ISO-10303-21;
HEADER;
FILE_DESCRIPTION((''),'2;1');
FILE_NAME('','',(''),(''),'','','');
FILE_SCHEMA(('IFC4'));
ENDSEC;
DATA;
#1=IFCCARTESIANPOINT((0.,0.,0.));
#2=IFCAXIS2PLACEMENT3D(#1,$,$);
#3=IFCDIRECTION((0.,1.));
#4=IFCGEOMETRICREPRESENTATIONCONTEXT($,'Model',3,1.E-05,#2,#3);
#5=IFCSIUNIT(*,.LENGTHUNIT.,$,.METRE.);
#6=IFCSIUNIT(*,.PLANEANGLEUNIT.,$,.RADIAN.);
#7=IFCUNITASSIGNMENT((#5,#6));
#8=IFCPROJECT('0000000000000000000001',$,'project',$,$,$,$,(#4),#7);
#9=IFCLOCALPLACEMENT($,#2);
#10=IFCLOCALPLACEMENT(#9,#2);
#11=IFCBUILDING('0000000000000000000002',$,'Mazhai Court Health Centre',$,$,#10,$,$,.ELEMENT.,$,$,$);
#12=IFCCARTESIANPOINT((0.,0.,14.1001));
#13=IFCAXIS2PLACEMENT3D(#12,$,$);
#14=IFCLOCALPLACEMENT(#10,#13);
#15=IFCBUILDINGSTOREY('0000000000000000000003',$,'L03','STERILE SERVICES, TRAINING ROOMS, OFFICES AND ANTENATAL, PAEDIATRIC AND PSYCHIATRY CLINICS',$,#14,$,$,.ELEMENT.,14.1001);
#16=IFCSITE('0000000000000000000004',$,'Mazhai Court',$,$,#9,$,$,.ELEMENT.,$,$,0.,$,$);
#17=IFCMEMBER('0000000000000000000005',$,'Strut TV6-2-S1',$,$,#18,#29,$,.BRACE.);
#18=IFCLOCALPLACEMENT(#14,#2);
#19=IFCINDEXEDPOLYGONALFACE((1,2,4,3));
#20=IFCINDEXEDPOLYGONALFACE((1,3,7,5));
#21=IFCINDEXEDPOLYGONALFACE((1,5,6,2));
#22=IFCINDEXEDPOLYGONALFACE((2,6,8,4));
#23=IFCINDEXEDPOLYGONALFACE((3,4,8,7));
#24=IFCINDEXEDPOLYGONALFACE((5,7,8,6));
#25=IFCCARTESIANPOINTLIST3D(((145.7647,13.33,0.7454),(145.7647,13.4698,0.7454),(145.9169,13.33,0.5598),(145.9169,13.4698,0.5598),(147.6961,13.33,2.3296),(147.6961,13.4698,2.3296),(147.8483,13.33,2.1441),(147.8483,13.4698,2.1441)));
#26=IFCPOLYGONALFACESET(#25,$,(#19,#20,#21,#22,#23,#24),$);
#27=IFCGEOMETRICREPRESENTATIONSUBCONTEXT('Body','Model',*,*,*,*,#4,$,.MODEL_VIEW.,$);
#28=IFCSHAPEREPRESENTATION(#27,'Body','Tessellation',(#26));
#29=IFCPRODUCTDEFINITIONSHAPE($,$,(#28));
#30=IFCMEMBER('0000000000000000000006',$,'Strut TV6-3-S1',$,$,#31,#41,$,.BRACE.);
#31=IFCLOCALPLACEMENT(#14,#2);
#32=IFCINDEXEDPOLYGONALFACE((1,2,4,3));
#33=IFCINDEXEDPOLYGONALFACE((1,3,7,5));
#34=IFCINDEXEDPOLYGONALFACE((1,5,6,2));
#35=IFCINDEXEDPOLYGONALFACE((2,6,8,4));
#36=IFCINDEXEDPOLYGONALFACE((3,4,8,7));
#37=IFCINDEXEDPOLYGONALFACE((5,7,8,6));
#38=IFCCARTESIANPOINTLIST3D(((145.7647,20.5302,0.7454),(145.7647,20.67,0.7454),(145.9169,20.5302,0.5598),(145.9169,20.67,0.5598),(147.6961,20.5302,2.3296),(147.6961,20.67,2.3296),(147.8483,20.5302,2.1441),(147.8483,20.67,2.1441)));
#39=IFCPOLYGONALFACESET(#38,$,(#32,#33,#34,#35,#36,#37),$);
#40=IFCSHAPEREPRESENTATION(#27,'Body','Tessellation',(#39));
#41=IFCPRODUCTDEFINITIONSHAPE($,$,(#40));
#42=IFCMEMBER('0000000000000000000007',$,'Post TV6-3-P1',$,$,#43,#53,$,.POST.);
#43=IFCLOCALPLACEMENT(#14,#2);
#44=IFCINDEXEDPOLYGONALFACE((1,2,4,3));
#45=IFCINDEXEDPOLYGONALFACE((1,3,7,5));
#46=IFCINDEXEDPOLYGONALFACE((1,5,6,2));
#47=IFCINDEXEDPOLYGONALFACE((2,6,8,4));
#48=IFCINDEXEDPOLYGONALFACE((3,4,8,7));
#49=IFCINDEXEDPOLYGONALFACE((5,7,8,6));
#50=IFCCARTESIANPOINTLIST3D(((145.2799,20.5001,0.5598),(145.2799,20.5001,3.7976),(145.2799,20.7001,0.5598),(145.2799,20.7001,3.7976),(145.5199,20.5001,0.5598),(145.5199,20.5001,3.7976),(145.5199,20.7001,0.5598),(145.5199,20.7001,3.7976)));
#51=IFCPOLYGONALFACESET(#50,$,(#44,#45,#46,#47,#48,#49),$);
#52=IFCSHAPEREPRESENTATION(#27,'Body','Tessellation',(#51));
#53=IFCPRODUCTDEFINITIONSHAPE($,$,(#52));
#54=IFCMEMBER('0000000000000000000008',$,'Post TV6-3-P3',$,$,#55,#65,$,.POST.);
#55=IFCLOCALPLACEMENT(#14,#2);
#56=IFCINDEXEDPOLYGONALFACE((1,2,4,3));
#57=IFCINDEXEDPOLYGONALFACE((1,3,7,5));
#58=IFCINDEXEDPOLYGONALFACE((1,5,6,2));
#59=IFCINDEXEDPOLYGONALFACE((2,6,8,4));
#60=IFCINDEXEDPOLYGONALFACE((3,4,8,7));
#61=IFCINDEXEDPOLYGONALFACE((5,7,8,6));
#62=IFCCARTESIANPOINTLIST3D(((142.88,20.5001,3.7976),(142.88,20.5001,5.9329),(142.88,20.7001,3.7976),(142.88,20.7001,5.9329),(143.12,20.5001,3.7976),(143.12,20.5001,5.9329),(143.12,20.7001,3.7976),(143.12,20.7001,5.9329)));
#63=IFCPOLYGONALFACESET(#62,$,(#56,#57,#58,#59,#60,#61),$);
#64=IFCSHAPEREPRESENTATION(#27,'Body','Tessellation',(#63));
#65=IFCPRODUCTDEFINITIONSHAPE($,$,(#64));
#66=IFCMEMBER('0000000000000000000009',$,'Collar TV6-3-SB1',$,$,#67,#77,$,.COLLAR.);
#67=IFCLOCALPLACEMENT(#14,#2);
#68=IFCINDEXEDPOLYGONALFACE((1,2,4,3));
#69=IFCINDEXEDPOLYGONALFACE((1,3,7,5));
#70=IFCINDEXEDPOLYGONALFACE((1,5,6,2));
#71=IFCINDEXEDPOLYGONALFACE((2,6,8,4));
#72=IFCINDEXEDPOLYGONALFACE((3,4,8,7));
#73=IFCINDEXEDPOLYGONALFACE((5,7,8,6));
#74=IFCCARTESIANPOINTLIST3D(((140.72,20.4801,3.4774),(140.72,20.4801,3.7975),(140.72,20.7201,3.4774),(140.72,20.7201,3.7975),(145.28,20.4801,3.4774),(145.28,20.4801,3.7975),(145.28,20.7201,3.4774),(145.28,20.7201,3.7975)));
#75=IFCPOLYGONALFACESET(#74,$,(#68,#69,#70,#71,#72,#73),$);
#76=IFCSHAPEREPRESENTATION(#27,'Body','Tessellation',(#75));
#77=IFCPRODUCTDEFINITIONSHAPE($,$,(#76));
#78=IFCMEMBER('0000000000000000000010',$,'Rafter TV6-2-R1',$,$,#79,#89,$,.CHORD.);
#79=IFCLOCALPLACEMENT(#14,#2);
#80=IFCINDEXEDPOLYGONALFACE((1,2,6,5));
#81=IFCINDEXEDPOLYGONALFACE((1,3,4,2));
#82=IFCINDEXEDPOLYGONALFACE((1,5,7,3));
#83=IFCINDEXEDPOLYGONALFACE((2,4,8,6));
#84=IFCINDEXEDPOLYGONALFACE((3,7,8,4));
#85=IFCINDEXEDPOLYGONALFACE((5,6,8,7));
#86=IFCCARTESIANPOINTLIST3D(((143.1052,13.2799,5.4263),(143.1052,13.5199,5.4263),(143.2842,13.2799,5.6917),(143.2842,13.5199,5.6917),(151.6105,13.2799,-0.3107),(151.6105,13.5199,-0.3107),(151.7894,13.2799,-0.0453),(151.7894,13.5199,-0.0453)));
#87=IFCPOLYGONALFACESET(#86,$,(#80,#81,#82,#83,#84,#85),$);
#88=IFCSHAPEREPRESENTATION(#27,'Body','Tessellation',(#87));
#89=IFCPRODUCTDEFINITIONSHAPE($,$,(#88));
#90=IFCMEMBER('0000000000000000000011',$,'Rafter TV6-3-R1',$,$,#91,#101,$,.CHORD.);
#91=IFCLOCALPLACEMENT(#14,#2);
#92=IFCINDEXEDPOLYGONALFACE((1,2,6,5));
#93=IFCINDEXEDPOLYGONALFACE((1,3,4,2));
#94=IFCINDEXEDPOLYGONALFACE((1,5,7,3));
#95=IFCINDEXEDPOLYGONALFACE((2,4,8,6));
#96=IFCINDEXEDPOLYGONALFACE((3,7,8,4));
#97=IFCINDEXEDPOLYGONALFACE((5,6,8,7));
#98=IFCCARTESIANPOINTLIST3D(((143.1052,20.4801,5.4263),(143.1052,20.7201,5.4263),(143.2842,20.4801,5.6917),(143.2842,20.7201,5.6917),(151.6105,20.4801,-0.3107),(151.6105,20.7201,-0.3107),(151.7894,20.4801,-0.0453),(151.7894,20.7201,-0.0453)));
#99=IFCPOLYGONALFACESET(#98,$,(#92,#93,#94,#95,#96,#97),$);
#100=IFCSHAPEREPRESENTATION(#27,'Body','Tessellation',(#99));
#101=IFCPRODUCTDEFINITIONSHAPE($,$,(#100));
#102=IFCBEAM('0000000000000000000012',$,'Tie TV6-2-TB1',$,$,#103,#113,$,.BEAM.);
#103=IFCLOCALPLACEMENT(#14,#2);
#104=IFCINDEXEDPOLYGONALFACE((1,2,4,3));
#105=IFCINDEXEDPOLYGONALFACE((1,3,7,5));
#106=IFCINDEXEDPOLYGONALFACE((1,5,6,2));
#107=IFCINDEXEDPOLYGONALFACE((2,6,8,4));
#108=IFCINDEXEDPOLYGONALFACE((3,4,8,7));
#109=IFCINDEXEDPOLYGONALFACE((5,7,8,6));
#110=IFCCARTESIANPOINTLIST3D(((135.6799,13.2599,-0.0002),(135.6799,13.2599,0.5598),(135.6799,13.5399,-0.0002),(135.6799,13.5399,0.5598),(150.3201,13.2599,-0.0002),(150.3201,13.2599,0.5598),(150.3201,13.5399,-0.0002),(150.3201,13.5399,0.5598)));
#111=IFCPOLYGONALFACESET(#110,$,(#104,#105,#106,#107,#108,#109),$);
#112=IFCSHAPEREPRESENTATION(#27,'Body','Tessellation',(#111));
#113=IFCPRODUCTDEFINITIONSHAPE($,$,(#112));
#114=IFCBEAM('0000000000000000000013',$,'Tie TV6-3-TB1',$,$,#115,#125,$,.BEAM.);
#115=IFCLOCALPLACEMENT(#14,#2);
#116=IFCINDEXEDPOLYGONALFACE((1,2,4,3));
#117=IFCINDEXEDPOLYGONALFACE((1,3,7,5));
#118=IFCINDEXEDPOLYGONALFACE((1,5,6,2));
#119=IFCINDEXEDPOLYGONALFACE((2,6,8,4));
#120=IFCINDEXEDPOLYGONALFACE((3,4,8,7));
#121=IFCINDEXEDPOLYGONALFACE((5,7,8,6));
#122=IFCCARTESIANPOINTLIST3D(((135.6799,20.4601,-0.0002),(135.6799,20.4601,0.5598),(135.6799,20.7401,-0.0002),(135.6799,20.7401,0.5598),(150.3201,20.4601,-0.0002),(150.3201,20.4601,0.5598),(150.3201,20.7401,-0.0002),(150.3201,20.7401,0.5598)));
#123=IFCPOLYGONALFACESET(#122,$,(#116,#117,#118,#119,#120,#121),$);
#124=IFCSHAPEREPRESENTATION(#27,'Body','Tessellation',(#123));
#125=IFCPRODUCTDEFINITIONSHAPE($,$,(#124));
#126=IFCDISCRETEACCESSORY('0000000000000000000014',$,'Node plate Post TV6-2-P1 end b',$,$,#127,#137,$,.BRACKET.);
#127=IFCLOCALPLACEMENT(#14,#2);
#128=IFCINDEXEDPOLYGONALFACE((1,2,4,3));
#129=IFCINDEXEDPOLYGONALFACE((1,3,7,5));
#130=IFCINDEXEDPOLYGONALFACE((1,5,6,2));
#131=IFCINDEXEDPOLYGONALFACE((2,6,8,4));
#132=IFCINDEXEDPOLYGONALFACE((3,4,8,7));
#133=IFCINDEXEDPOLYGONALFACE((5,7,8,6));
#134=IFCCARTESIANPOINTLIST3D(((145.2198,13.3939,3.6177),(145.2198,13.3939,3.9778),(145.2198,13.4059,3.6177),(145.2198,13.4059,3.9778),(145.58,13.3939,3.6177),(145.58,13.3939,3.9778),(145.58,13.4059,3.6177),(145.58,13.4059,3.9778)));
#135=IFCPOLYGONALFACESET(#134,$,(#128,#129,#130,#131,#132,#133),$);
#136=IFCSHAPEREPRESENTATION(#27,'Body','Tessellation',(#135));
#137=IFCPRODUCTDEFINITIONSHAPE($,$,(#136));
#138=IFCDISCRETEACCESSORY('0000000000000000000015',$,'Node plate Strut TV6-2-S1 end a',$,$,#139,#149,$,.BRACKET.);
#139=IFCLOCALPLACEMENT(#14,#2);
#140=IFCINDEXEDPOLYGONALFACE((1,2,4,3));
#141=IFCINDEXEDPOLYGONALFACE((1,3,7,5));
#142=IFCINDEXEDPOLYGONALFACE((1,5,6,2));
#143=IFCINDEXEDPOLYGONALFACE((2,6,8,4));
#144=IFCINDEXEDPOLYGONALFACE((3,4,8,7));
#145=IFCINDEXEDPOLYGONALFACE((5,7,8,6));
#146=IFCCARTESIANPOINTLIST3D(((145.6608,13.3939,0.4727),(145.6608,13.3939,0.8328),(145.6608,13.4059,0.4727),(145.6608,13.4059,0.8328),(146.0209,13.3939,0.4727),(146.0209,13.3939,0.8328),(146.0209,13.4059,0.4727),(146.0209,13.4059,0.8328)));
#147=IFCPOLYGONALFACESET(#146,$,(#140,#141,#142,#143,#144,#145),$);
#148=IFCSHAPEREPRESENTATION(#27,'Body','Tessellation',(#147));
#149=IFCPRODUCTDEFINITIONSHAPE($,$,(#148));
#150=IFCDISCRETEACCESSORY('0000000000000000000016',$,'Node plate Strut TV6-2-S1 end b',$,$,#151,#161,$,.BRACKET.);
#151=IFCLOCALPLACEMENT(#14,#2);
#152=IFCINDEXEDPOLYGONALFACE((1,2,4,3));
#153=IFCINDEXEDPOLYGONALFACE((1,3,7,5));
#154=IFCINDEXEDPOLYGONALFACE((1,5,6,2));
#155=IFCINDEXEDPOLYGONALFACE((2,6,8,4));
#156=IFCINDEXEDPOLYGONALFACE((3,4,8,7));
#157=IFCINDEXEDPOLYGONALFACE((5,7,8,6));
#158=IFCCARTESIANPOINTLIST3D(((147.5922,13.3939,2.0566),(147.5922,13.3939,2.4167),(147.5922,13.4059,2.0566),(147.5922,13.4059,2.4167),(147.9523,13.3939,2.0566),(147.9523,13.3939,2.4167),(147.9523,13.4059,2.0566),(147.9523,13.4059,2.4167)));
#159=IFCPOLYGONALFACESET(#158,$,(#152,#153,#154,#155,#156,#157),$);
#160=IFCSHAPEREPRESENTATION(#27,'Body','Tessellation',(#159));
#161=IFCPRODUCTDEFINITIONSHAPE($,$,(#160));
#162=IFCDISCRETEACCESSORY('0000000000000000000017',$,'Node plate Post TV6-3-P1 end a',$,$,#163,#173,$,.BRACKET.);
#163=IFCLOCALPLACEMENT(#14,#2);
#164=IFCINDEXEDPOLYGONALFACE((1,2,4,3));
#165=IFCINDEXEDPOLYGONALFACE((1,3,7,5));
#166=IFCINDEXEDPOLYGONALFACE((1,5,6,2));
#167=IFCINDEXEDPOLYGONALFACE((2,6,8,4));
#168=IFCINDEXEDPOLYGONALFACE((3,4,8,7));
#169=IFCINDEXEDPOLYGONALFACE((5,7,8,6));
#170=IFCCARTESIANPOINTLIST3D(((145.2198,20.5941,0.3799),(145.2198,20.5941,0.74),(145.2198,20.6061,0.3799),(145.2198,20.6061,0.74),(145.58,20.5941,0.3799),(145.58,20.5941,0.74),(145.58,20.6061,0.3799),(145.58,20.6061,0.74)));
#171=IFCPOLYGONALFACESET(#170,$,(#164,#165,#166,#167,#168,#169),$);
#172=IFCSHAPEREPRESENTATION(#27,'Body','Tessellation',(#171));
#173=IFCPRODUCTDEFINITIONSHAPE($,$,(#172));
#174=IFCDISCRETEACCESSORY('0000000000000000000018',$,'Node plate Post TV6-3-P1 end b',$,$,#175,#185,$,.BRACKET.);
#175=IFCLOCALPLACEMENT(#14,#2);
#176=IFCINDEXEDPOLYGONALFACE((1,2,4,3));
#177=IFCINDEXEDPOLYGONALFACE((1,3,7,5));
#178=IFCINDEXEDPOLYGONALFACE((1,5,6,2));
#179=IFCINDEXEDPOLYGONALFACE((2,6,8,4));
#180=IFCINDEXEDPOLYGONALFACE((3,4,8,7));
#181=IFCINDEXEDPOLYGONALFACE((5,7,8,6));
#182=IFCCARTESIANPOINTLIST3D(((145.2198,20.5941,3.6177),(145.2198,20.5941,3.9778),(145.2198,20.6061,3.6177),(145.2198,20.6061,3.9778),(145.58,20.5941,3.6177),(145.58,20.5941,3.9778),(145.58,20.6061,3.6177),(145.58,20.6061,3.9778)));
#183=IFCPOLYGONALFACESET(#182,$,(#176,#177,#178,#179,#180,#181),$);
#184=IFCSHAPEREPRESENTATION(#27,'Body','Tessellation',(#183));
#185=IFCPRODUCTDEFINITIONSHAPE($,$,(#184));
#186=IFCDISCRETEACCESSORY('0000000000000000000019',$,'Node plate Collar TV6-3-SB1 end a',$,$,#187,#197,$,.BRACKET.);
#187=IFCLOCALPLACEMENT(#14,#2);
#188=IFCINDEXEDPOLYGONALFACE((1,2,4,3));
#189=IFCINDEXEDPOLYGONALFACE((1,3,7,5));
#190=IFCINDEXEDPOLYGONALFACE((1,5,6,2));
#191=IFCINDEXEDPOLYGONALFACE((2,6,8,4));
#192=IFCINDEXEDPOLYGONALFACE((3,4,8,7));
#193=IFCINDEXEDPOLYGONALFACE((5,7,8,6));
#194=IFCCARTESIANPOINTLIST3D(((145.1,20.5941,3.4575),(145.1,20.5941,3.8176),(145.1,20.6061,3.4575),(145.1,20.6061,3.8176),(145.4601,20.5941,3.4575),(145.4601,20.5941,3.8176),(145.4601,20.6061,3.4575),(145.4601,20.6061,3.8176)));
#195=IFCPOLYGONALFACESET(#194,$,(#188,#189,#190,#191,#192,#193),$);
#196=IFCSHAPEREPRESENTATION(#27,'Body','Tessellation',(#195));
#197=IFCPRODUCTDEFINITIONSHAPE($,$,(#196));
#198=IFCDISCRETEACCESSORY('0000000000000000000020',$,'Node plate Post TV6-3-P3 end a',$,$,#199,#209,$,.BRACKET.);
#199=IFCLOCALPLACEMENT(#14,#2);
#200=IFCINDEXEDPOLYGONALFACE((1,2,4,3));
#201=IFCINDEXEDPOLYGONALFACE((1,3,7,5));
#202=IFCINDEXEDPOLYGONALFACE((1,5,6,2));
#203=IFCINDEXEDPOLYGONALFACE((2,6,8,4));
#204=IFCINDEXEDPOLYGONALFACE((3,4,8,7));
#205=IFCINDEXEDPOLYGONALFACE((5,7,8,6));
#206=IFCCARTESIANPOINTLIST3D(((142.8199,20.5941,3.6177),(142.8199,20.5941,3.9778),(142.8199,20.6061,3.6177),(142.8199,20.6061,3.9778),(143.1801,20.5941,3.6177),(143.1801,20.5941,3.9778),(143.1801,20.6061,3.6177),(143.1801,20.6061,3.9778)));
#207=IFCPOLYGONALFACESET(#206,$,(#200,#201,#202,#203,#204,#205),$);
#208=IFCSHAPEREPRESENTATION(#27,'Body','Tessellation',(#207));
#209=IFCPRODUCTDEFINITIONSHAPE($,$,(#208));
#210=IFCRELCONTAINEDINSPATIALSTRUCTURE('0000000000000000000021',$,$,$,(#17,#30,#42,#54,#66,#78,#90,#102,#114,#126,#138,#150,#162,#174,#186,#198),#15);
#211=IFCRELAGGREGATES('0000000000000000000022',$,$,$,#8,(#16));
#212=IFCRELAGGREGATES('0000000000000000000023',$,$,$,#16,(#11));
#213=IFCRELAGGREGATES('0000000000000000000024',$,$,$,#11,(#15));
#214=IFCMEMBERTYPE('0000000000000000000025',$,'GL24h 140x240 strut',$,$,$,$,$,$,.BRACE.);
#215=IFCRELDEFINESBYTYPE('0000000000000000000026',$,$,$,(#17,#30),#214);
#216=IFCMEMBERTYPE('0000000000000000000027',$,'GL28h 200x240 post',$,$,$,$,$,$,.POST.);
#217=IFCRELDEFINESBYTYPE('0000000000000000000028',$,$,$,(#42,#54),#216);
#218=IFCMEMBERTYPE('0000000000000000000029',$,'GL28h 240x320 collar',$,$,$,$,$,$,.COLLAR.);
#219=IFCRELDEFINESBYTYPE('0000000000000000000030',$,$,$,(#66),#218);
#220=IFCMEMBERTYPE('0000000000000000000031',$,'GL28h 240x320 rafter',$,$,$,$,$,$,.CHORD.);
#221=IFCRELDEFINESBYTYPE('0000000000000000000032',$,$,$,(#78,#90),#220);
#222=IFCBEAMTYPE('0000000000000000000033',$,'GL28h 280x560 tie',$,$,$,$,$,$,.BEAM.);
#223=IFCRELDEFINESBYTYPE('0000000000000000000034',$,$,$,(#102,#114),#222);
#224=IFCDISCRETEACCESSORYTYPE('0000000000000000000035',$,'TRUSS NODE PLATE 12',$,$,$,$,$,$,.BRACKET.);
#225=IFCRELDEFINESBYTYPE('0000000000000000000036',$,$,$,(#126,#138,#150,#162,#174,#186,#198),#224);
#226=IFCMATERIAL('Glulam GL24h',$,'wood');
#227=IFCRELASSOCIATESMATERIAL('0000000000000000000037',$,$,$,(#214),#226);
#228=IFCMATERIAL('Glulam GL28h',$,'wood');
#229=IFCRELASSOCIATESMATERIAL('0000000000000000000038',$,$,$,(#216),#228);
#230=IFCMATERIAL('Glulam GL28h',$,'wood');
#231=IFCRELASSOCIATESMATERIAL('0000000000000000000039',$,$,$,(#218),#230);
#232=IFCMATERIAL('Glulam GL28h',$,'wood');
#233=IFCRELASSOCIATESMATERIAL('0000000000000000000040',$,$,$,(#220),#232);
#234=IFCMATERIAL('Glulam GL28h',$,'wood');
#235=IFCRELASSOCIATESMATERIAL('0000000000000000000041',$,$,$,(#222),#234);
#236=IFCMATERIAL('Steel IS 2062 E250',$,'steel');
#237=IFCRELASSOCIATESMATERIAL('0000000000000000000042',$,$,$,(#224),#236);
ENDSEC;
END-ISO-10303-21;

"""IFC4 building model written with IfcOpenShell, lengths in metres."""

from ifc_helpers import new_model, si_unit, direction, frame, origin, origin_2d, place, context, subcontext, project, spatial, rectangle, extrude, material, material_profile, profile_set, type_object, element, save


model = new_model("IFC4")

# Units and contexts
model_context = context("Model", 3, precision=1e-05, world=origin(), true_north=direction((0.0, 1.0)))
body_context = subcontext(model_context, "Body", "Model", "MODEL_VIEW")
ifc_project = project(units=[si_unit("LENGTHUNIT", "METRE"), si_unit("PLANEANGLEUNIT", "RADIAN")], contexts=[model_context])

# Site, building, storey
site_placement = place(None, origin())
site = spatial("IfcSite", under=ifc_project, at=site_placement, Name="Mazhai Court", CompositionType="ELEMENT", RefElevation=0.0)
building_placement = place(site_placement, origin())
building = spatial("IfcBuilding", under=site, at=building_placement, Name="Mazhai Court Health Centre", CompositionType="ELEMENT")
storey_placement = place(building_placement, frame((0.0, 0.0, 14.1001)))
storey = spatial("IfcBuildingStorey", under=building, at=storey_placement, Name="L03", Description="STERILE SERVICES, TRAINING ROOMS, OFFICES AND ANTENATAL, PAEDIATRIC AND PSYCHIATRY CLINICS", CompositionType="ELEMENT", Elevation=14.1001)

# Members
ifc_material_1 = material(Name="Glulam GL24h", Category="wood")
ifc_material_profile_1 = material_profile(ifc_material_1, rectangle(XDim=0.1399, YDim=0.24, at=origin_2d()), Name="GL24h 140x240")
ifc_profile_set_1 = profile_set([ifc_material_profile_1], Name="Glulam GL24h")
member_type_1 = type_object("IfcMemberType", Name="GL24h 140x240 strut", PredefinedType="BRACE", material=ifc_profile_set_1)
for number, where, z_axis, x_axis, name in (
    (1, (145.8408, 13.3999, 0.6526), (0.773173, 0.0, 0.634195), (0.0, 1.0, 0.0), "Strut TV6-2-S1"),
    (2, (145.8408, 20.6001, 0.6526), (0.773173, 0.0, 0.634195), (0.0, 1.0, 0.0), "Strut TV6-3-S1"),
):
    element("IfcMember", number, at=place(storey_placement, frame(where, z_axis=z_axis, x_axis=x_axis)), inside=storey, type_object=member_type_1, Name=name, PredefinedType="BRACE", context=body_context, shape_type="SweptSolid", body=[
        extrude(rectangle(XDim=0.1399, YDim=0.24, at=origin_2d()), origin(), (0.0, 0.0, 1.0), 2.498),
    ])
ifc_material_2 = material(Name="Glulam GL28h", Category="wood")
ifc_material_profile_2 = material_profile(ifc_material_2, rectangle(XDim=0.2, YDim=0.24, at=origin_2d()), Name="GL28h 200x240")
ifc_profile_set_2 = profile_set([ifc_material_profile_2], Name="Glulam GL28h")
member_type_2 = type_object("IfcMemberType", Name="GL28h 200x240 post", PredefinedType="POST", material=ifc_profile_set_2)
member_1_placement = place(storey_placement, frame((145.3999, 20.6001, 0.5598), z_axis=(0.0, 0.0, 1.0), x_axis=(0.0, 1.0, 0.0)))
element("IfcMember", 3, at=member_1_placement, inside=storey, type_object=member_type_2, Name="Post TV6-3-P1", PredefinedType="POST", context=body_context, shape_type="SweptSolid", body=[
    extrude(rectangle(XDim=0.2, YDim=0.24, at=origin_2d()), origin(), (0.0, 0.0, 1.0), 3.2378),
])
member_2_placement = place(storey_placement, frame((143.0, 20.6001, 3.7976), z_axis=(0.0, 0.0, 1.0), x_axis=(0.0, 1.0, 0.0)))
element("IfcMember", 4, at=member_2_placement, inside=storey, type_object=member_type_2, Name="Post TV6-3-P3", PredefinedType="POST", context=body_context, shape_type="SweptSolid", body=[
    extrude(rectangle(XDim=0.2, YDim=0.24, at=origin_2d()), origin(), (0.0, 0.0, 1.0), 2.1353),
])
ifc_material_3 = material(Name="Glulam GL28h", Category="wood")
ifc_material_profile_3 = material_profile(ifc_material_3, rectangle(XDim=0.24, YDim=0.3201, at=origin_2d()), Name="GL28h 240x320")
ifc_profile_set_3 = profile_set([ifc_material_profile_3], Name="Glulam GL28h")
member_type_3 = type_object("IfcMemberType", Name="GL28h 240x320 collar", PredefinedType="COLLAR", material=ifc_profile_set_3)
member_3_placement = place(storey_placement, frame((145.28, 20.6001, 3.6375), z_axis=(-1.0, 0.0, 0.0), x_axis=(0.0, -1.0, 0.0)))
element("IfcMember", 5, at=member_3_placement, inside=storey, type_object=member_type_3, Name="Collar TV6-3-SB1", PredefinedType="COLLAR", context=body_context, shape_type="SweptSolid", body=[
    extrude(rectangle(XDim=0.24, YDim=0.3201, at=origin_2d()), origin(), (0.0, 0.0, 1.0), 4.5601),
])
ifc_material_4 = material(Name="Glulam GL28h", Category="wood")
ifc_material_profile_4 = material_profile(ifc_material_4, rectangle(XDim=0.24, YDim=0.3201, at=origin_2d()), Name="GL28h 240x320")
ifc_profile_set_4 = profile_set([ifc_material_profile_4], Name="Glulam GL28h")
member_type_4 = type_object("IfcMemberType", Name="GL28h 240x320 rafter", PredefinedType="CHORD", material=ifc_profile_set_4)
for number, where, z_axis, x_axis, name in (
    (6, (151.7, 13.3999, -0.178), (-0.829032, 0.0, 0.559201), (0.0, -1.0, 0.0), "Rafter TV6-2-R1"),
    (7, (151.7, 20.6001, -0.178), (-0.829032, 0.0, 0.559201), (0.0, -1.0, 0.0), "Rafter TV6-3-R1"),
):
    element("IfcMember", number, at=place(storey_placement, frame(where, z_axis=z_axis, x_axis=x_axis)), inside=storey, type_object=member_type_4, Name=name, PredefinedType="CHORD", context=body_context, shape_type="SweptSolid", body=[
        extrude(rectangle(XDim=0.24, YDim=0.3201, at=origin_2d()), origin(), (0.0, 0.0, 1.0), 10.2593),
    ])

# Beams
ifc_material_5 = material(Name="Glulam GL28h", Category="wood")
ifc_material_profile_5 = material_profile(ifc_material_5, rectangle(XDim=0.28, YDim=0.5601, at=origin_2d()), Name="GL28h 280x560")
ifc_profile_set_5 = profile_set([ifc_material_profile_5], Name="Glulam GL28h")
beam_type = type_object("IfcBeamType", Name="GL28h 280x560 tie", PredefinedType="BEAM", material=ifc_profile_set_5)
for number, where, z_axis, x_axis, name in (
    (8, (150.3201, 13.3999, 0.2798), (-1.0, 0.0, 0.0), (0.0, -1.0, 0.0), "Tie TV6-2-TB1"),
    (9, (150.3201, 20.6001, 0.2798), (-1.0, 0.0, 0.0), (0.0, -1.0, 0.0), "Tie TV6-3-TB1"),
):
    element("IfcBeam", number, at=place(storey_placement, frame(where, z_axis=z_axis, x_axis=x_axis)), inside=storey, type_object=beam_type, Name=name, PredefinedType="BEAM", context=body_context, shape_type="SweptSolid", body=[
        extrude(rectangle(XDim=0.28, YDim=0.5601, at=origin_2d()), origin(), (0.0, 0.0, 1.0), 14.6401),
    ])

# Discrete accessories
ifc_material_6 = material(Name="Steel IS 2062 E250", Category="steel")
discrete_accessory_type = type_object("IfcDiscreteAccessoryType", Name="TRUSS NODE PLATE 12", PredefinedType="BRACKET", material=ifc_material_6)
for number, where, z_axis, x_axis, name in (
    (10, (145.3999, 13.3999, 3.6177), (0.0, 0.0, 1.0), (1.0, 0.0, 0.0), "Node plate Post TV6-2-P1 end b"),
    (11, (145.8408, 13.3999, 0.4727), (0.0, 0.0, 1.0), (1.0, 0.0, 0.0), "Node plate Strut TV6-2-S1 end a"),
    (12, (147.7722, 13.3999, 2.0566), (0.0, 0.0, 1.0), (1.0, 0.0, 0.0), "Node plate Strut TV6-2-S1 end b"),
    (13, (145.3999, 20.6001, 0.3799), (0.0, 0.0, 1.0), (1.0, 0.0, 0.0), "Node plate Post TV6-3-P1 end a"),
    (14, (145.3999, 20.6001, 3.6177), (0.0, 0.0, 1.0), (1.0, 0.0, 0.0), "Node plate Post TV6-3-P1 end b"),
    (15, (145.28, 20.6001, 3.4575), (0.0, 0.0, 1.0), (1.0, 0.0, 0.0), "Node plate Collar TV6-3-SB1 end a"),
    (16, (143.0, 20.6001, 3.6177), (0.0, 0.0, 1.0), (1.0, 0.0, 0.0), "Node plate Post TV6-3-P3 end a"),
):
    element("IfcDiscreteAccessory", number, at=place(storey_placement, frame(where, z_axis=z_axis, x_axis=x_axis)), inside=storey, type_object=discrete_accessory_type, Name=name, PredefinedType="BRACKET", context=body_context, shape_type="SweptSolid", body=[
        extrude(rectangle(XDim=0.3601, YDim=0.012, at=origin_2d()), origin(), (0.0, 0.0, 1.0), 0.3601),
    ])

save(model, "model.ifc")
